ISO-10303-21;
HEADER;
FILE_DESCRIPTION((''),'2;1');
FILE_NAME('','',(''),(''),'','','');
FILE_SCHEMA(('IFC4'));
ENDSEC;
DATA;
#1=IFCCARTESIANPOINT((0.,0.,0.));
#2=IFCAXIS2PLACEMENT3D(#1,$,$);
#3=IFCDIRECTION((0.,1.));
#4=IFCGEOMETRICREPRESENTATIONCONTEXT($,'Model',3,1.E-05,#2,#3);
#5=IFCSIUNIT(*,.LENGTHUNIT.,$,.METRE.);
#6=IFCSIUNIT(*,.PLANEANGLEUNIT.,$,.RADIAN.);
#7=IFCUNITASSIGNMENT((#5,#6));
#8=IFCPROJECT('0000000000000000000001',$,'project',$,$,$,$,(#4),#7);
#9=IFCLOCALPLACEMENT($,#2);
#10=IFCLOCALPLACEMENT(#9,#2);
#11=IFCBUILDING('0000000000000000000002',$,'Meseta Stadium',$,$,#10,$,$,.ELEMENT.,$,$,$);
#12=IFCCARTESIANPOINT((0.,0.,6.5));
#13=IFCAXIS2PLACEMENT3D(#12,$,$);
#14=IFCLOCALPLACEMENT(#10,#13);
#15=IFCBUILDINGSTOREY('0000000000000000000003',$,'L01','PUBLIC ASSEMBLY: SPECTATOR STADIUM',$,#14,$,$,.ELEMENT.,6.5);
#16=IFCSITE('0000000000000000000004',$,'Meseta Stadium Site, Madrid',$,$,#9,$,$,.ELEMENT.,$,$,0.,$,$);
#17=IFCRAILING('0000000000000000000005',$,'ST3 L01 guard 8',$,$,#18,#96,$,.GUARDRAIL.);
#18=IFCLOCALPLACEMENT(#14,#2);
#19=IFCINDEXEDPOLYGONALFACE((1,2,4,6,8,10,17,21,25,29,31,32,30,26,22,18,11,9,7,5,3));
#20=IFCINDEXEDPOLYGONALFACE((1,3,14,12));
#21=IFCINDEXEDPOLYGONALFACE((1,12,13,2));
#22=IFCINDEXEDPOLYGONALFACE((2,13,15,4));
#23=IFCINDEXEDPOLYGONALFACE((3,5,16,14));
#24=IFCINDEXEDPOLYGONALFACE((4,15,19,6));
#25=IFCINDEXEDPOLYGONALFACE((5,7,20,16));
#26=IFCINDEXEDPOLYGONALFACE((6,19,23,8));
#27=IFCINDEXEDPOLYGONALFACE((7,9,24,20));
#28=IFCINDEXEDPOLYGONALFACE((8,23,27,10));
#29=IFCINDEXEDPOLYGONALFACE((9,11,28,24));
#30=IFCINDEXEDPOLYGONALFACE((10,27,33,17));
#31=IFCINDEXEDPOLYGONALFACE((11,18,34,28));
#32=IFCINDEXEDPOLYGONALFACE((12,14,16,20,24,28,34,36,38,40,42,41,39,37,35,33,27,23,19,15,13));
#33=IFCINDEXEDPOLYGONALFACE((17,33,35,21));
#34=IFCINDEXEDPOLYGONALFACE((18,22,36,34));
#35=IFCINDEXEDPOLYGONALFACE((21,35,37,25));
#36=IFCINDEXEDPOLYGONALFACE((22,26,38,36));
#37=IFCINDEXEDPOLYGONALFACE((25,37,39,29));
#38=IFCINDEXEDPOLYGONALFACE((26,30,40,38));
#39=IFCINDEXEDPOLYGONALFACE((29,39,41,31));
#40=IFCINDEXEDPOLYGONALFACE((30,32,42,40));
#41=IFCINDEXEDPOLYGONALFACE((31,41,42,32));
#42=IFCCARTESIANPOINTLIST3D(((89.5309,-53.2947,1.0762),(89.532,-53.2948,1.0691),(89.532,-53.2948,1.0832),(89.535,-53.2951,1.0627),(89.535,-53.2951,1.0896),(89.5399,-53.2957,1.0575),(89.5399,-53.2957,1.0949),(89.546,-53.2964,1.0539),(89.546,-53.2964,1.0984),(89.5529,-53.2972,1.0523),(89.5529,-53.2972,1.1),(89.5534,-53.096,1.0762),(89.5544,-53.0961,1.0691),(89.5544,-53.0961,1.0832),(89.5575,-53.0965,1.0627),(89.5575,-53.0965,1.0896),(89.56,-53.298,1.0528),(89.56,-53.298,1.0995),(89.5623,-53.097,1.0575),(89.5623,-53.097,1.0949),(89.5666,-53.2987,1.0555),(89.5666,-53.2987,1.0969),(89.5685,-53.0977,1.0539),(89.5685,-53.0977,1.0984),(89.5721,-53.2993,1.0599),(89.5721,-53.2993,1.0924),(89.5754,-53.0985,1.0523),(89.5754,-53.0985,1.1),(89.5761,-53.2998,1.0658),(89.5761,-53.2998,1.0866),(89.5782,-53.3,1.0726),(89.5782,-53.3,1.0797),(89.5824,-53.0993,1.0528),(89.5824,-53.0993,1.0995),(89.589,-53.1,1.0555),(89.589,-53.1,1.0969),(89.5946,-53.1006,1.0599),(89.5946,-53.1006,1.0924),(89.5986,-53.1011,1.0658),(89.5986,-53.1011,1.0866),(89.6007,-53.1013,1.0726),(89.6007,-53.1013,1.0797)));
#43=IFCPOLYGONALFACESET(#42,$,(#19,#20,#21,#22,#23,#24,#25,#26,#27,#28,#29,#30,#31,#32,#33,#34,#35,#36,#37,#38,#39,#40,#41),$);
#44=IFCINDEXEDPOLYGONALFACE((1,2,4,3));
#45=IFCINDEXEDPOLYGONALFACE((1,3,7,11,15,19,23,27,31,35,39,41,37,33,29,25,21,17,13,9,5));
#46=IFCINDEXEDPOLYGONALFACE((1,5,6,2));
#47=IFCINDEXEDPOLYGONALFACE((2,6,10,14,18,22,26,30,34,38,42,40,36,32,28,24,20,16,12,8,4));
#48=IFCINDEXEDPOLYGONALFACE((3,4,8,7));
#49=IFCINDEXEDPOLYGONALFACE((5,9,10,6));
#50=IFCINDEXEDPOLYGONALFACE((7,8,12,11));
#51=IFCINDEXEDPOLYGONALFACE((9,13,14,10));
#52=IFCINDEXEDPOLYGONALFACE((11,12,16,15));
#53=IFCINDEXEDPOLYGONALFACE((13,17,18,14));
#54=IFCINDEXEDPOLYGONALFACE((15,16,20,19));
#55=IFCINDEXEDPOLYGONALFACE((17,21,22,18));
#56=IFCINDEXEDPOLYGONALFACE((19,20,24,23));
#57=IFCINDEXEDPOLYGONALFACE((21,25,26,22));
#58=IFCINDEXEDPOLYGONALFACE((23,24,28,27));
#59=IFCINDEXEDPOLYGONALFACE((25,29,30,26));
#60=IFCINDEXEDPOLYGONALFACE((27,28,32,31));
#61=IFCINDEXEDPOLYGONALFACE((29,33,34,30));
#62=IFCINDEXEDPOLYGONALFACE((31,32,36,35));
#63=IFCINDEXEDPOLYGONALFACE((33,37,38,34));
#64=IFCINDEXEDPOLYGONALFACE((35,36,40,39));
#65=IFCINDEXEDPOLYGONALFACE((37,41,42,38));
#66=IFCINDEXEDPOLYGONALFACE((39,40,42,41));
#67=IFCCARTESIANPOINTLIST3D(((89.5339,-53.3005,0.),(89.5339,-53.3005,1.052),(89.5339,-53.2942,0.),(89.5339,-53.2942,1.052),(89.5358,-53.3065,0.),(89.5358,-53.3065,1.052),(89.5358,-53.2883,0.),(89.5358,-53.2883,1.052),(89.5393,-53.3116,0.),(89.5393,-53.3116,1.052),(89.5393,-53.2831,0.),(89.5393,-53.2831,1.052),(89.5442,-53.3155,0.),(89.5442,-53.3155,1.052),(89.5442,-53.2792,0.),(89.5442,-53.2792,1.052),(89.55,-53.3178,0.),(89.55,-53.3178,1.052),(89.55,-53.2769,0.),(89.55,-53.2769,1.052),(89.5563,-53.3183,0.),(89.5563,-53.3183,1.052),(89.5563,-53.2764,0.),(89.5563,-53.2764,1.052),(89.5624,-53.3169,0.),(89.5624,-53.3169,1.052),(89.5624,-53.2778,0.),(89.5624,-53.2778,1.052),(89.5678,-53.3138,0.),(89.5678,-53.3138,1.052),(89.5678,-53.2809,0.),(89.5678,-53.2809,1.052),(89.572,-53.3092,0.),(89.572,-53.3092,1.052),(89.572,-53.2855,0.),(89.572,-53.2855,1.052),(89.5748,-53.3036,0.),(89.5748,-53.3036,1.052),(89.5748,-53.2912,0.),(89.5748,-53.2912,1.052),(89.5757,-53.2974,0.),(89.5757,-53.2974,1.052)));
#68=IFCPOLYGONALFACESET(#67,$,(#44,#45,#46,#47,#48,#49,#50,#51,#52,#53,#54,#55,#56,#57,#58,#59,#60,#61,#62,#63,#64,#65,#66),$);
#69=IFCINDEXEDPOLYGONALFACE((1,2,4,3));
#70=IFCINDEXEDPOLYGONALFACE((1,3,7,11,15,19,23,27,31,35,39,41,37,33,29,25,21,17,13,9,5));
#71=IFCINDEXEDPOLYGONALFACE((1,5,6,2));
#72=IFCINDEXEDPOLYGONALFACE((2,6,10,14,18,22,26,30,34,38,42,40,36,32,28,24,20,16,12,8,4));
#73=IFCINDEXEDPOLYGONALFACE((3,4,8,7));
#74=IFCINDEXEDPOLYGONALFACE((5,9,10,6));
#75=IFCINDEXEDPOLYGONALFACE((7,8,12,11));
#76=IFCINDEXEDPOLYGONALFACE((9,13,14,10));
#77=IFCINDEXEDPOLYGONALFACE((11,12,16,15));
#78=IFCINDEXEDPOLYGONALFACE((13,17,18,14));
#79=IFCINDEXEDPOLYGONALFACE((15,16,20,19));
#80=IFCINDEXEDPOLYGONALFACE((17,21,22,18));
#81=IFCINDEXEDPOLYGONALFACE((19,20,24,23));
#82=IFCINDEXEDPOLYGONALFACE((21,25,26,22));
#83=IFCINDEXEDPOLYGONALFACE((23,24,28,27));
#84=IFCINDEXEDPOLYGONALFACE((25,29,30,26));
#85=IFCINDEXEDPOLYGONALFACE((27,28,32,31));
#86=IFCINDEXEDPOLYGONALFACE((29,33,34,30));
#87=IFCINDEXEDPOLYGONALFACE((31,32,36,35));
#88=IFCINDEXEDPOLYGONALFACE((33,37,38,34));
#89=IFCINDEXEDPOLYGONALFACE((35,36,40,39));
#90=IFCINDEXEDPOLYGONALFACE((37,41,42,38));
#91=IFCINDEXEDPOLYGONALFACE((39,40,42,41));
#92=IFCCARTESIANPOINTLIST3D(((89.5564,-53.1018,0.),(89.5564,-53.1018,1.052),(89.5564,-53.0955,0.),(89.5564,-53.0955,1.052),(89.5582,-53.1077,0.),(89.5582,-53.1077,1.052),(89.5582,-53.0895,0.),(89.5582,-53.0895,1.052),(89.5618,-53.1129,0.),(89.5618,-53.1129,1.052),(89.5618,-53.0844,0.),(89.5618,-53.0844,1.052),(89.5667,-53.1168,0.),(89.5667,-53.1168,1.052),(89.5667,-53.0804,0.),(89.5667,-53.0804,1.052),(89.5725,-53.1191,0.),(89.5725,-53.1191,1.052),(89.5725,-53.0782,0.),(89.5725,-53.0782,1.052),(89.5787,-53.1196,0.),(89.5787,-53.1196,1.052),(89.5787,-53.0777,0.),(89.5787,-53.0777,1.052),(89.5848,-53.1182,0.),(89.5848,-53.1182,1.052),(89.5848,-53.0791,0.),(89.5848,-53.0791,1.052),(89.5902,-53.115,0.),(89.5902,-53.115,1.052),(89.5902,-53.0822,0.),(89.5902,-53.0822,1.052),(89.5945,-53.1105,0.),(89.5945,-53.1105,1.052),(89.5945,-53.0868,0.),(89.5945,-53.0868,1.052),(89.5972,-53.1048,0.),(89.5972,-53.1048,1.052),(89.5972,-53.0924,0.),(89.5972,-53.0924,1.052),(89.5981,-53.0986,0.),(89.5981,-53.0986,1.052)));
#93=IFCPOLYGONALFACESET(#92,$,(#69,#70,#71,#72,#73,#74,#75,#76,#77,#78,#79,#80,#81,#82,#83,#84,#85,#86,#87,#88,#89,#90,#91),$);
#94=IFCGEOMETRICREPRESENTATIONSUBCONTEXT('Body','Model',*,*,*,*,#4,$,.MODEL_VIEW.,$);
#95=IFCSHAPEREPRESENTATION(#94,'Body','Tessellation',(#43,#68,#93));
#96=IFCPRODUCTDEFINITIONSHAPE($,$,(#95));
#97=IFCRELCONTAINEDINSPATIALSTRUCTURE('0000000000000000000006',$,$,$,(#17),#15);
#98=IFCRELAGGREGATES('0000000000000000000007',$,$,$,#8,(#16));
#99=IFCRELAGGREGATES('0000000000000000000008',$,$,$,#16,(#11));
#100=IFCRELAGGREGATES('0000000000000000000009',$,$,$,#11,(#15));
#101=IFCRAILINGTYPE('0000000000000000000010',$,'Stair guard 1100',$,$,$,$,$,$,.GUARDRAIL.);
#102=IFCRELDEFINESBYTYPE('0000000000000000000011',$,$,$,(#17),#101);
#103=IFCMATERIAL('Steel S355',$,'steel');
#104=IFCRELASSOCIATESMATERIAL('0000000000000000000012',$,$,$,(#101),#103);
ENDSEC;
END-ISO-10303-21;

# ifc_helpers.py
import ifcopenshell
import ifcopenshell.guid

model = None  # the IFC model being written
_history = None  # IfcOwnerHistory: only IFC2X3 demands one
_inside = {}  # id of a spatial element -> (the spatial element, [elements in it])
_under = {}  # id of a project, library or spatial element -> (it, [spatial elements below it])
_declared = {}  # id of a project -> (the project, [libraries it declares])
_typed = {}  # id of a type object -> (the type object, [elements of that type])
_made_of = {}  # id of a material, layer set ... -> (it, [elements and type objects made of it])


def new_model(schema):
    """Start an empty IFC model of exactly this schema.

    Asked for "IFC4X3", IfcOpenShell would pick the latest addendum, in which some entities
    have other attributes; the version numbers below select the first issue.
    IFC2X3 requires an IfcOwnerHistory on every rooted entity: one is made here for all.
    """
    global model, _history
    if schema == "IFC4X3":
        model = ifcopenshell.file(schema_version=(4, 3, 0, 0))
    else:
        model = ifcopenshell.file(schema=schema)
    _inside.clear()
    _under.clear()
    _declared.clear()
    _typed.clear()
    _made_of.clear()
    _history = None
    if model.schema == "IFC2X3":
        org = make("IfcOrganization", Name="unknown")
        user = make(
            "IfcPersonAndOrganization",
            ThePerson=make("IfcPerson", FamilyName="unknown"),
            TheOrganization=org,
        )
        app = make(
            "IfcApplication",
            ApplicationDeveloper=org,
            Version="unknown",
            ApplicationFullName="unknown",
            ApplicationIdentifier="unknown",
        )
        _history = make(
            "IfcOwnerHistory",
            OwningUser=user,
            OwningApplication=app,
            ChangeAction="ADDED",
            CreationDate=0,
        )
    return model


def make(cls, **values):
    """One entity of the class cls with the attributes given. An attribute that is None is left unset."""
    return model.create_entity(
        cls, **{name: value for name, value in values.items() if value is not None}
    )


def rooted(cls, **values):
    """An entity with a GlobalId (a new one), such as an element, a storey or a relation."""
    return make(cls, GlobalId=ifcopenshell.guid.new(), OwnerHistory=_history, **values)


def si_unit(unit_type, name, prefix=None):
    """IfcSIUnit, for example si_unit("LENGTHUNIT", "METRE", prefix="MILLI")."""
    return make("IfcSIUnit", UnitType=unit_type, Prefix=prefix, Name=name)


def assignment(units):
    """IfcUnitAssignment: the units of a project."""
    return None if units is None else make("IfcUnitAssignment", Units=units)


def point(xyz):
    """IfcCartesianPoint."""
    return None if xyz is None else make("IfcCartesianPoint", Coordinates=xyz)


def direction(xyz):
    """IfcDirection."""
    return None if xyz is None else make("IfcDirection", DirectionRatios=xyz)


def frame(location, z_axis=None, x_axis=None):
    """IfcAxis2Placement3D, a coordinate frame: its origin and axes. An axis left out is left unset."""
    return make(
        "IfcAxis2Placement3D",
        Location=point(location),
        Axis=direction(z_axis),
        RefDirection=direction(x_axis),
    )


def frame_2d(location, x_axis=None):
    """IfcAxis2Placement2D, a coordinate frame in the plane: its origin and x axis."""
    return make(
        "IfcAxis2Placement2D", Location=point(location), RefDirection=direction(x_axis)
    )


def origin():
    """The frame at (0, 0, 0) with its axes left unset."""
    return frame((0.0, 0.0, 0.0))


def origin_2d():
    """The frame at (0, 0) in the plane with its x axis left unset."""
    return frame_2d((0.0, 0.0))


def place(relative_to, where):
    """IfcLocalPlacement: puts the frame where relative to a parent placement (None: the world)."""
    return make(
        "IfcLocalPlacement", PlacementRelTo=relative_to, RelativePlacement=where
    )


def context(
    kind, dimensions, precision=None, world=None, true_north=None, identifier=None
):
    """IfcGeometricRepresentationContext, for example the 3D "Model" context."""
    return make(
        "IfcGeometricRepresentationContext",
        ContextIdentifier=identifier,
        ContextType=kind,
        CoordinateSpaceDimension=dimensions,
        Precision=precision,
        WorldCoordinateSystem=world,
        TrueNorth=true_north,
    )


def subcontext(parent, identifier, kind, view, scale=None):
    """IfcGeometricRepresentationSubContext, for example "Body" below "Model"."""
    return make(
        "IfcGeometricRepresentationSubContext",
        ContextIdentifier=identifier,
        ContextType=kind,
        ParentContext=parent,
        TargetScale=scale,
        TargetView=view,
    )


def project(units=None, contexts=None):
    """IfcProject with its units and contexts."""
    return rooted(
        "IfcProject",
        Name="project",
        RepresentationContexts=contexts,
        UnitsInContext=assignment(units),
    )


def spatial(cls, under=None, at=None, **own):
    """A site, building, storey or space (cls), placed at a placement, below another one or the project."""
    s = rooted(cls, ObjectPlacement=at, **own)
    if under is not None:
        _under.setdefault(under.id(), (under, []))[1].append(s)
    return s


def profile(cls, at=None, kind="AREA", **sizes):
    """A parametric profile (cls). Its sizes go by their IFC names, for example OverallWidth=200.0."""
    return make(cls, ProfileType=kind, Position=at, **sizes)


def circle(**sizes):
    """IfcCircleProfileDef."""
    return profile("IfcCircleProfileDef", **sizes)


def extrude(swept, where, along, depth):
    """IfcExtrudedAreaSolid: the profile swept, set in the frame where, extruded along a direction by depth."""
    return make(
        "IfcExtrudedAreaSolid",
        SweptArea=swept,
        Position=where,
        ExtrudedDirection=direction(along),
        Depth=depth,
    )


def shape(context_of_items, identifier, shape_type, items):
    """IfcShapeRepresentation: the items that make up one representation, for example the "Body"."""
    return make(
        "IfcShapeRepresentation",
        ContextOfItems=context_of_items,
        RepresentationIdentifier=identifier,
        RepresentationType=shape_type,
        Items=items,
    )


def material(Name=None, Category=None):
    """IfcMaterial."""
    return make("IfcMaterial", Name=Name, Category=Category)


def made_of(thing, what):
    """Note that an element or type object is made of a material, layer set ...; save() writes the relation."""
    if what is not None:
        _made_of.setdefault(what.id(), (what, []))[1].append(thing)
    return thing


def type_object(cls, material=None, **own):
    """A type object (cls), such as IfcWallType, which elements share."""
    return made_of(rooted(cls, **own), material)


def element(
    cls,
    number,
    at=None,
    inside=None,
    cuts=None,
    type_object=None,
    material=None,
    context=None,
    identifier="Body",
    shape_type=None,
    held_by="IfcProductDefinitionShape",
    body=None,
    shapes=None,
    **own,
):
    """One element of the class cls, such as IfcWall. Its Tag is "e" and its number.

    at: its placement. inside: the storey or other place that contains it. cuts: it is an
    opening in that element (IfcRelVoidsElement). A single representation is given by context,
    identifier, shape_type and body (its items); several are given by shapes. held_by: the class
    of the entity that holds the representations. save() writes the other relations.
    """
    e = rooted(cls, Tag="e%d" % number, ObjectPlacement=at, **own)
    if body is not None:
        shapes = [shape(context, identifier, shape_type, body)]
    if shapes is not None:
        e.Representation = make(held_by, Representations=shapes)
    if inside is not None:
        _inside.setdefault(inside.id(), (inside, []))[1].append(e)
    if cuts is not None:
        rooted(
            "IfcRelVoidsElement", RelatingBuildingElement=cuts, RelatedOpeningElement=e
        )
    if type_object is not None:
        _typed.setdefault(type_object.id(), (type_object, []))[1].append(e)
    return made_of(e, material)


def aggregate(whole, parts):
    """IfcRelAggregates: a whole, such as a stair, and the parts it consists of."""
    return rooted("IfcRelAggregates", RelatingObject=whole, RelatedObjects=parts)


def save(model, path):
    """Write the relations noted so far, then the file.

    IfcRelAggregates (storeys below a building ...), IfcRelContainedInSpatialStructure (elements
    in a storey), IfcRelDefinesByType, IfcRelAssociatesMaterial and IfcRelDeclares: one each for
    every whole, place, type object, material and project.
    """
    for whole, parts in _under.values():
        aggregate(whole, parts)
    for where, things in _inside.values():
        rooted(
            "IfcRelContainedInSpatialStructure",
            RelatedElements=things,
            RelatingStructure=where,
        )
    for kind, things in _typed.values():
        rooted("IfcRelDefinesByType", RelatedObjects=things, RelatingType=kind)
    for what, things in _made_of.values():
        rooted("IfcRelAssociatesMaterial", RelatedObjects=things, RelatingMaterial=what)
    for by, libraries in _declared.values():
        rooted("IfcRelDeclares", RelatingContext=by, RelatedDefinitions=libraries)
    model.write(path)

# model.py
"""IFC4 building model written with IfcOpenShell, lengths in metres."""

from ifc_helpers import new_model, si_unit, direction, frame, origin, origin_2d, place, context, subcontext, project, spatial, circle, extrude, material, type_object, element, save


model = new_model("IFC4")

# Units and contexts
model_context = context("Model", 3, precision=1e-05, world=origin(), true_north=direction((0.0, 1.0)))
body_context = subcontext(model_context, "Body", "Model", "MODEL_VIEW")
ifc_project = project(units=[si_unit("LENGTHUNIT", "METRE"), si_unit("PLANEANGLEUNIT", "RADIAN")], contexts=[model_context])

# Site, building, storey
site_placement = place(None, origin())
site = spatial("IfcSite", under=ifc_project, at=site_placement, Name="Meseta Stadium Site, Madrid", CompositionType="ELEMENT", RefElevation=0.0)
building_placement = place(site_placement, origin())
building = spatial("IfcBuilding", under=site, at=building_placement, Name="Meseta Stadium", CompositionType="ELEMENT")
storey_placement = place(building_placement, frame((0.0, 0.0, 6.5)))
storey = spatial("IfcBuildingStorey", under=building, at=storey_placement, Name="L01", Description="PUBLIC ASSEMBLY: SPECTATOR STADIUM", CompositionType="ELEMENT", Elevation=6.5)

# Railing
ifc_material_1 = material(Name="Steel S355", Category="steel")
railing_type_1 = type_object("IfcRailingType", Name="Stair guard 1100", PredefinedType="GUARDRAIL", material=ifc_material_1)
railing_1_placement = place(storey_placement, frame((89.5547, -53.2974, 0.0)))
element("IfcRailing", 1, at=railing_1_placement, inside=storey, type_object=railing_type_1, Name="ST3 L01 guard 8", PredefinedType="GUARDRAIL", context=body_context, shape_type="SweptSolid", body=[
    extrude(circle(Radius=0.0239, at=origin_2d()), frame((0.0, 0.0, 1.0762), z_axis=(0.112307, 0.993674, 0.0), x_axis=(-0.993674, 0.112307, 0.0)), (0.0, 0.0, 1.0), 0.2),
    extrude(circle(Radius=0.021, at=origin_2d()), origin(), (0.0, 0.0, 1.0), 1.052),
    extrude(circle(Radius=0.021, at=origin_2d()), frame((0.0225, 0.1987, 0.0)), (0.0, 0.0, 1.0), 1.052),
])

save(model, "model.ifc")
